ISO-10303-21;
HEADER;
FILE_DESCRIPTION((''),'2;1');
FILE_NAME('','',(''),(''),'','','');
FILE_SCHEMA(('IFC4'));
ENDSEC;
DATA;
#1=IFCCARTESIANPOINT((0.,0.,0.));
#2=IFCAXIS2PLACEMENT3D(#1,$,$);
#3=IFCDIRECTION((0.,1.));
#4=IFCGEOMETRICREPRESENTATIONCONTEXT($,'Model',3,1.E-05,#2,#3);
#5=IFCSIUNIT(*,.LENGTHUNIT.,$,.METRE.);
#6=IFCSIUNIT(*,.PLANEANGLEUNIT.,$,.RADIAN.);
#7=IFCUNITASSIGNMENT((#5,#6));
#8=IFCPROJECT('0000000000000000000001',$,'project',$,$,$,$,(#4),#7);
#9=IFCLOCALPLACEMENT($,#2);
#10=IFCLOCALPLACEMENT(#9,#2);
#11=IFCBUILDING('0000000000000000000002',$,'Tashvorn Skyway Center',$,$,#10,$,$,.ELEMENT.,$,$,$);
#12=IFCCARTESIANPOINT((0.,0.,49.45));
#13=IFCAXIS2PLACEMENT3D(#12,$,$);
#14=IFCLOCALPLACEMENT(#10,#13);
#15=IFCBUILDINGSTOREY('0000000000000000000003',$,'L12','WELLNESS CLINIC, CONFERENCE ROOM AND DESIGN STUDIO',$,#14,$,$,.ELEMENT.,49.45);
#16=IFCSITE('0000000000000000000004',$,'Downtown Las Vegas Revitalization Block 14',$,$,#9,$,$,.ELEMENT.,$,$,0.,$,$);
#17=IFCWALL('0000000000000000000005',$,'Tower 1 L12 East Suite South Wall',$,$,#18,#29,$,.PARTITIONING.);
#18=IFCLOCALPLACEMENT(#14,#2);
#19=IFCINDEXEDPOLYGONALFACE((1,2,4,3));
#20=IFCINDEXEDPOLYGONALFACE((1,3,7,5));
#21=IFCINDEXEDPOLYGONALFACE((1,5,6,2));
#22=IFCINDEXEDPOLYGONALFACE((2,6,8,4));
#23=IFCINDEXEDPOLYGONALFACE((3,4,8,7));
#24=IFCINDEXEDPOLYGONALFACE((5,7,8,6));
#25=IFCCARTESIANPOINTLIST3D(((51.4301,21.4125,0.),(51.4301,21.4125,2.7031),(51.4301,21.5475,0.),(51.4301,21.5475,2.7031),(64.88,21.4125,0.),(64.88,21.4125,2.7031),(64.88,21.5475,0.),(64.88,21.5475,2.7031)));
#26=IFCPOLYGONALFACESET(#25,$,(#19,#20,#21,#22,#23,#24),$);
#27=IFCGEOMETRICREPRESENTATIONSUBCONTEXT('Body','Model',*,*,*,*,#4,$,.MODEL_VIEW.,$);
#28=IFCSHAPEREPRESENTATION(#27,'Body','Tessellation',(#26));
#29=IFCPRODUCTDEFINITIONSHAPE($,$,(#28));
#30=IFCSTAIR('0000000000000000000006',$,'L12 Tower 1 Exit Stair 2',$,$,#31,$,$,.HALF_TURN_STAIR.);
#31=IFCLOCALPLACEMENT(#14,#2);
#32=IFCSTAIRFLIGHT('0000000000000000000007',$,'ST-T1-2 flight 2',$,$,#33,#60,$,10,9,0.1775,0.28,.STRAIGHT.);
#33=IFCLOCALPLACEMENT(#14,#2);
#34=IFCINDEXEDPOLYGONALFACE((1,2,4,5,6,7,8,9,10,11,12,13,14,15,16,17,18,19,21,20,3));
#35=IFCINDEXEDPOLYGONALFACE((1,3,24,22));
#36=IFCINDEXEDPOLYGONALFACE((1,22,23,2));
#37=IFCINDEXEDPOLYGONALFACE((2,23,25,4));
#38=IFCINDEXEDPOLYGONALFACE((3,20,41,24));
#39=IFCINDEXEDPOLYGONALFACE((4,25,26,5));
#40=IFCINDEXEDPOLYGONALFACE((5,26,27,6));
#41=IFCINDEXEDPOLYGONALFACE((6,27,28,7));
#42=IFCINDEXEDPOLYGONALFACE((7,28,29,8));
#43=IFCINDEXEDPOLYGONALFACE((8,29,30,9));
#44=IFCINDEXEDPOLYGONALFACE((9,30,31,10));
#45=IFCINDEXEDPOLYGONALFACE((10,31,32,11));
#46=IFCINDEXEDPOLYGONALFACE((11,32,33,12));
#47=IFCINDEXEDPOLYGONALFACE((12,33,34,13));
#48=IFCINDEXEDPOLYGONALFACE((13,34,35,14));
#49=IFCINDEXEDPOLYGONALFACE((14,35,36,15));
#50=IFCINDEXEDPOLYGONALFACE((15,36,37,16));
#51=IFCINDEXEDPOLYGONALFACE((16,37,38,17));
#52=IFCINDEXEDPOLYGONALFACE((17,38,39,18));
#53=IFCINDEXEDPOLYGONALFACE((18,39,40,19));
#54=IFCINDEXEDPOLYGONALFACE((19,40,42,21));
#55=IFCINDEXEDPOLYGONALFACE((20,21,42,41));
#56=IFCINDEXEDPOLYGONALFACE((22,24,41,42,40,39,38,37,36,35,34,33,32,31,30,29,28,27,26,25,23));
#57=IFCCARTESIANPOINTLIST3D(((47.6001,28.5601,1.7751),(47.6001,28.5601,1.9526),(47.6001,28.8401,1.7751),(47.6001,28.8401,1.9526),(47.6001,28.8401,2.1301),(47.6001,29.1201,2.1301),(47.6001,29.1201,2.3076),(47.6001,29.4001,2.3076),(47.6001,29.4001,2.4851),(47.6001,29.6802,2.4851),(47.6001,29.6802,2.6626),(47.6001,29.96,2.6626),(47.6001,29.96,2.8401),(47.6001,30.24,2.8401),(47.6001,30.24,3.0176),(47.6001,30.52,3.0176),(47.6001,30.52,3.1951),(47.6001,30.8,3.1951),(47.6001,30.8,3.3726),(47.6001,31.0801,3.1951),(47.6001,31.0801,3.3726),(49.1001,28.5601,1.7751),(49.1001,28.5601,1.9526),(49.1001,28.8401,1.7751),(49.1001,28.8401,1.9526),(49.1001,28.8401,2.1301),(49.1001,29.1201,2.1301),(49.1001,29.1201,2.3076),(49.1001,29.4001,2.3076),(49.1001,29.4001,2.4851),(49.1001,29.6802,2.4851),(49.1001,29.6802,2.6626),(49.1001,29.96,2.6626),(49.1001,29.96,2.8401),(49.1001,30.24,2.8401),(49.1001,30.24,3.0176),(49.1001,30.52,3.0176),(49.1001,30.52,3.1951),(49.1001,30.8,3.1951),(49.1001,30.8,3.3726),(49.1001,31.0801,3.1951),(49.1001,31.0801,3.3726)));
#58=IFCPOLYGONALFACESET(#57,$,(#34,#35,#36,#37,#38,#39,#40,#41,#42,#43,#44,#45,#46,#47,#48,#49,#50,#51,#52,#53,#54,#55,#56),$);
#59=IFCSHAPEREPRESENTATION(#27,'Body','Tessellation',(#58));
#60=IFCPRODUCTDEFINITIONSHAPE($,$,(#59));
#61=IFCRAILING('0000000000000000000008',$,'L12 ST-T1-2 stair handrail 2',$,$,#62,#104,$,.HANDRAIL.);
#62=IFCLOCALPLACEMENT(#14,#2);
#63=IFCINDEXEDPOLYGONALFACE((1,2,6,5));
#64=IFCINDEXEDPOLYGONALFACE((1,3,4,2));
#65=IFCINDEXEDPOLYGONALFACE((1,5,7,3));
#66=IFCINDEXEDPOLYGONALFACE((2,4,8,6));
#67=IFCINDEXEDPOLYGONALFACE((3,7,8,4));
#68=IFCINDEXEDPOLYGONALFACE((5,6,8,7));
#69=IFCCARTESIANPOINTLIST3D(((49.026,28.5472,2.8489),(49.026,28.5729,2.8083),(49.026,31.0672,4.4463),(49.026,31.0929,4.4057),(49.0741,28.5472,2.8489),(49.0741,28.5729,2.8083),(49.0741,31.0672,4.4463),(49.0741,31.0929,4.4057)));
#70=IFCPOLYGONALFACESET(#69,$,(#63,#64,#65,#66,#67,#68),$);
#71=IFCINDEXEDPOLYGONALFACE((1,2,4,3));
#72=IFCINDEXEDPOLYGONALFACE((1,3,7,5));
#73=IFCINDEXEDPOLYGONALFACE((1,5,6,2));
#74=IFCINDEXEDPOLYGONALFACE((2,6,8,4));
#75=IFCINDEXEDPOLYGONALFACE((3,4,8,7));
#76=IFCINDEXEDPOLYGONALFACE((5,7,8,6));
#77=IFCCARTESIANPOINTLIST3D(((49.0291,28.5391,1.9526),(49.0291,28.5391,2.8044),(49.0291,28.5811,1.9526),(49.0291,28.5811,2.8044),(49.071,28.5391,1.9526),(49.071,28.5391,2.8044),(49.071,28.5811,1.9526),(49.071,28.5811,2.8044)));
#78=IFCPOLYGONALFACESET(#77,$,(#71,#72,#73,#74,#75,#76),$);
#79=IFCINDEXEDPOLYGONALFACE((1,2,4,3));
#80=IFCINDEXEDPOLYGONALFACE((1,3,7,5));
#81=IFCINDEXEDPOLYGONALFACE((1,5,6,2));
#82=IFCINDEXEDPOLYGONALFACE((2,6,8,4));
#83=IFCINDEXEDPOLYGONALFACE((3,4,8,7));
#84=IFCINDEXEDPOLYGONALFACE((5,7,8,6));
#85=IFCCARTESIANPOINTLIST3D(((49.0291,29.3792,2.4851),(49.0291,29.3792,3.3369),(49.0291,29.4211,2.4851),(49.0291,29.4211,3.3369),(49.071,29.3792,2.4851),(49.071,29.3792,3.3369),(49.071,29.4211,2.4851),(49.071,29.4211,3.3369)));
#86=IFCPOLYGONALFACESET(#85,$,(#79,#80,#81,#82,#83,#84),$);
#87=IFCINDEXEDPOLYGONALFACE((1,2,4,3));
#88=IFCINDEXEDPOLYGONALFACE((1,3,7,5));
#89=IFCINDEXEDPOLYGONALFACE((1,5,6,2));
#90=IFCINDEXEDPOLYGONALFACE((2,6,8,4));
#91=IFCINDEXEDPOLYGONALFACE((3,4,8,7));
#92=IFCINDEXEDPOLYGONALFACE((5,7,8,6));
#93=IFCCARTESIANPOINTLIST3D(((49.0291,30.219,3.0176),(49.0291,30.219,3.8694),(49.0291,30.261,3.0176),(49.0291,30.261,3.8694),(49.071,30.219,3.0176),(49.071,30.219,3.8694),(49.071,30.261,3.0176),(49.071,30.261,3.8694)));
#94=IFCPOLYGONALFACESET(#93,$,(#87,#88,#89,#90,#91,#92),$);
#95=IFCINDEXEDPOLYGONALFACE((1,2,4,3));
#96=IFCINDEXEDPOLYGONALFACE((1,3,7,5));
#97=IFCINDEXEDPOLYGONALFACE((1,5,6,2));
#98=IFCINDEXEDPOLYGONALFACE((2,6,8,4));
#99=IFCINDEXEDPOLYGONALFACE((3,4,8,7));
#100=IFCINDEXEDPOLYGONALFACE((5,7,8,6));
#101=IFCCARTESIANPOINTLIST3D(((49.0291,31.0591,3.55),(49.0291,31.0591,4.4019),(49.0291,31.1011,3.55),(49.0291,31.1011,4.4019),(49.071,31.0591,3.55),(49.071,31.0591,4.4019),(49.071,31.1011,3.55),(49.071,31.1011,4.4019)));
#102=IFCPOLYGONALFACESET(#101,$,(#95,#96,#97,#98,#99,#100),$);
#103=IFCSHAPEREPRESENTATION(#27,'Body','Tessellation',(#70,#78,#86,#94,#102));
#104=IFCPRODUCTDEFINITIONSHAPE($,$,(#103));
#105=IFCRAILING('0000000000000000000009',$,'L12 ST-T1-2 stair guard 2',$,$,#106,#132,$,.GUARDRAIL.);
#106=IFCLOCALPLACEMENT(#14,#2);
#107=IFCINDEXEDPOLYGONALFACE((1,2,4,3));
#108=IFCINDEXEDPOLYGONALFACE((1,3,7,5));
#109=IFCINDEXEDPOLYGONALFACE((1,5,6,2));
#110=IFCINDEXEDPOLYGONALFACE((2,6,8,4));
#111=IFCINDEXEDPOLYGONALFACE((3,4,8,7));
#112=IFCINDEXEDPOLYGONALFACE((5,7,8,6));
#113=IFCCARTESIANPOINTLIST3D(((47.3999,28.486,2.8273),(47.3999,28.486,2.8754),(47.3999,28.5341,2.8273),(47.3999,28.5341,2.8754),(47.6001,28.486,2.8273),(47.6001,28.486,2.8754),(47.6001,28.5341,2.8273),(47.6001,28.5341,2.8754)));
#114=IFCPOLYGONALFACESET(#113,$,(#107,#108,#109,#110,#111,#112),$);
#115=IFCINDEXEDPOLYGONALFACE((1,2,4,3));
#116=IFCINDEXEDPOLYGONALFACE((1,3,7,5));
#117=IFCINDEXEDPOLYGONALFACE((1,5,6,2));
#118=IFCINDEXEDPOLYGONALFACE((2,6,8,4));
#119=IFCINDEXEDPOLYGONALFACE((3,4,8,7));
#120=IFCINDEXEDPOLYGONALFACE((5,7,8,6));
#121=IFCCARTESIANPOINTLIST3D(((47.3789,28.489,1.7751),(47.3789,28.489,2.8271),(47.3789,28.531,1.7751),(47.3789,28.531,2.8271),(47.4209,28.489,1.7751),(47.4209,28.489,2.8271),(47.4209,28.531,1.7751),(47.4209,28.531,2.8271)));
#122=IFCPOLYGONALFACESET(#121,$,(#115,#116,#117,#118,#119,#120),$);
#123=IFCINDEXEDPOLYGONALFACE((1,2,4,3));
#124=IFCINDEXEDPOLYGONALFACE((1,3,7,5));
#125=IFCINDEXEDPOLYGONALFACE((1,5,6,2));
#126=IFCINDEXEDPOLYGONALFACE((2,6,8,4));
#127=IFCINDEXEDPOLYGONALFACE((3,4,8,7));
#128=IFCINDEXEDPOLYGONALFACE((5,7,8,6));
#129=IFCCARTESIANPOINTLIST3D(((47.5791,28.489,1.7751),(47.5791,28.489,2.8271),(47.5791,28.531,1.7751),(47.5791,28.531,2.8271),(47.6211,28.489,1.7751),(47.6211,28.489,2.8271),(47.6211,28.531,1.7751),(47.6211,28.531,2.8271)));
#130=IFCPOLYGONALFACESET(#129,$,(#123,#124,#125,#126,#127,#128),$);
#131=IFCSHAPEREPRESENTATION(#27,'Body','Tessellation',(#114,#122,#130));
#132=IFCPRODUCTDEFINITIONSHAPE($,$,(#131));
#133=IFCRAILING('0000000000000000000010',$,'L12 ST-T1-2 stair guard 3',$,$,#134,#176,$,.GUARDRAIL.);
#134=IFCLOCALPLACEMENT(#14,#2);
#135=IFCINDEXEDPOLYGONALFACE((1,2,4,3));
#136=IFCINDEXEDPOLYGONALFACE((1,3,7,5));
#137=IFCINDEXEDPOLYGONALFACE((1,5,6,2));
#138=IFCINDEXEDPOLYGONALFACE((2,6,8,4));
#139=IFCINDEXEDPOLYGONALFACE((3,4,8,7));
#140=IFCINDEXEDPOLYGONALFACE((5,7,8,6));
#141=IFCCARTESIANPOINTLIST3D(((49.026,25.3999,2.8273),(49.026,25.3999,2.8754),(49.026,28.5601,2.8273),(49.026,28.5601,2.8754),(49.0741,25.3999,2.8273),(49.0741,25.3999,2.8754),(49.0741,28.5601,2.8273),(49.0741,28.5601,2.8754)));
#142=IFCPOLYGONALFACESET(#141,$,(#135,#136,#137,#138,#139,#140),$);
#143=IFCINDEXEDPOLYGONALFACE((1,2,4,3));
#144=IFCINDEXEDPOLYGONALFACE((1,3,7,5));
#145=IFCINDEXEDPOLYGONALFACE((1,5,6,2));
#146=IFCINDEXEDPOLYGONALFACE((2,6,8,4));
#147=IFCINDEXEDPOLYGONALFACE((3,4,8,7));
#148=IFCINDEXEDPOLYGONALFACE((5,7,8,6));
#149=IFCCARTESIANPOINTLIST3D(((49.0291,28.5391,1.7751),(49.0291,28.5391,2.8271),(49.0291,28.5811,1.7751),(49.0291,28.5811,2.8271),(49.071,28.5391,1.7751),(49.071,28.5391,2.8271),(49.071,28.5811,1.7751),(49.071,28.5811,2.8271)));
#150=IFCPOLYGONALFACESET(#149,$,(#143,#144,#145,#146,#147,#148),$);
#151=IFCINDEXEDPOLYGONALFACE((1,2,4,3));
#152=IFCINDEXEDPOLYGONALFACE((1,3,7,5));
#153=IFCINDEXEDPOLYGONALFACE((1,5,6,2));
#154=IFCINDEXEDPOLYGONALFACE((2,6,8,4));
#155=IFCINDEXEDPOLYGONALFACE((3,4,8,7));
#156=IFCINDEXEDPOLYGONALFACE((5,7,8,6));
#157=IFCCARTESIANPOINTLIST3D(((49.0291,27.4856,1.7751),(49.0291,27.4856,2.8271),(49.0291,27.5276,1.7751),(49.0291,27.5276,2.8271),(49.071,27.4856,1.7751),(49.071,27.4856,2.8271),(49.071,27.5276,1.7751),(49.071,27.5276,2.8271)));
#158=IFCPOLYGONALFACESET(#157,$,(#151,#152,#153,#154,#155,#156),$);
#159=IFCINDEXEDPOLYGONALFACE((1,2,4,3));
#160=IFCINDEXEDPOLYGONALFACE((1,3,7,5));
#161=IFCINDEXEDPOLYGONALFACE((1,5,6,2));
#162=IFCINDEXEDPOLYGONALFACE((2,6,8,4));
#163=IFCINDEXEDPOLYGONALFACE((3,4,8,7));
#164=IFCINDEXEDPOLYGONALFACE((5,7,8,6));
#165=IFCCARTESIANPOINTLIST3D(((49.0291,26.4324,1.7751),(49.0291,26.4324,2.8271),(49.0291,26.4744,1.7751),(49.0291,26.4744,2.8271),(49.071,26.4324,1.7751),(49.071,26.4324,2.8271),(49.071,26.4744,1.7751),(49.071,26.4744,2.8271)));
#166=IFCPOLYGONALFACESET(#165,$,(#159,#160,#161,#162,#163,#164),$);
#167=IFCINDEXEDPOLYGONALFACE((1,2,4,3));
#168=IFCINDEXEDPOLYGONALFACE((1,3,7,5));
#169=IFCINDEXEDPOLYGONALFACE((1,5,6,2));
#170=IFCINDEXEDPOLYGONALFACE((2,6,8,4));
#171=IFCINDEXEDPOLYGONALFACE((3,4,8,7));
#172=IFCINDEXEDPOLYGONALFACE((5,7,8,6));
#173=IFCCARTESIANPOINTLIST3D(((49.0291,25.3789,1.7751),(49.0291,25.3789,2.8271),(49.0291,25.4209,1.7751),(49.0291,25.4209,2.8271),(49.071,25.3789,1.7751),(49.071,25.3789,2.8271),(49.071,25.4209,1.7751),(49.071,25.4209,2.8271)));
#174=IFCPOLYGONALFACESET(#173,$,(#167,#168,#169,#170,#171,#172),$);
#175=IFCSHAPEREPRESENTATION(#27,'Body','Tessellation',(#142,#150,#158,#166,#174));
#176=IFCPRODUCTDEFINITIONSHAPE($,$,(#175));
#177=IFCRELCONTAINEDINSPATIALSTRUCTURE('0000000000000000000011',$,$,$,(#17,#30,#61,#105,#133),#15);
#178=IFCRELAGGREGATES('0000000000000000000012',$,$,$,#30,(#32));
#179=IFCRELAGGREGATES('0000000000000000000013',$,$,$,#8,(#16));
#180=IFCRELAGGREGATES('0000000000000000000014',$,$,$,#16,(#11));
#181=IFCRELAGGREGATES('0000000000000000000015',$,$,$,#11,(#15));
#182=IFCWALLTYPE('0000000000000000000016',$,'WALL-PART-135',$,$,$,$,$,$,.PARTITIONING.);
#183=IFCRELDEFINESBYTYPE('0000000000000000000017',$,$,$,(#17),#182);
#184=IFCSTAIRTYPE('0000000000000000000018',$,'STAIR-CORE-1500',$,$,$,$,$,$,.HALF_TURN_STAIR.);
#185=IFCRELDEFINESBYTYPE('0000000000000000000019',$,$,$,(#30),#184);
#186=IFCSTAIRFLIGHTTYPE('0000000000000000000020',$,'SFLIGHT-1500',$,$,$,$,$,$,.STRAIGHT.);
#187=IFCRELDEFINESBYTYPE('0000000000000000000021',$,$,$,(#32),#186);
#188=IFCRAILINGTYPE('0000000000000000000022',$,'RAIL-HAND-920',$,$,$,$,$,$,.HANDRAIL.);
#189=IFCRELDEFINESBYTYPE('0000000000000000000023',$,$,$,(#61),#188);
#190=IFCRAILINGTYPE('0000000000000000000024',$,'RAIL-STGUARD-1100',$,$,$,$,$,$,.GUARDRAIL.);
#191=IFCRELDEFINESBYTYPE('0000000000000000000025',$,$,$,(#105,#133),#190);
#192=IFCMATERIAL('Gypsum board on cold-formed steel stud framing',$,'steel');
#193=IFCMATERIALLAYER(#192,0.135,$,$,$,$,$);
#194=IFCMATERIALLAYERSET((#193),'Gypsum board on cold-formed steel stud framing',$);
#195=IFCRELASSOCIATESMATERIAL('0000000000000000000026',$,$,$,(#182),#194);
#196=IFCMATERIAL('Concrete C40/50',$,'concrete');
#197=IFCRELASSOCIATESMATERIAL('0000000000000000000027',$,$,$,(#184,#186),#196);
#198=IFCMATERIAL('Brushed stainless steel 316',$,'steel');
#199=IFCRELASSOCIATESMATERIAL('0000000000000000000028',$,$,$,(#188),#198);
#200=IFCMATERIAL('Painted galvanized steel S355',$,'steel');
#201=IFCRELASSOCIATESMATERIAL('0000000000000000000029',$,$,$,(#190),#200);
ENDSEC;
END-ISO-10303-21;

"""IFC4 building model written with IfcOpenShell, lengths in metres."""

from ifc_helpers import new_model, si_unit, direction, frame, frame_2d, origin, origin_2d, place, context, subcontext, project, spatial, polyline, rectangle, outline, extrude, material, layer, layer_set, type_object, element, aggregate, save


model = new_model("IFC4")

# Units and contexts
model_context = context("Model", 3, precision=1e-05, world=origin(), true_north=direction((0.0, 1.0)))
body_context = subcontext(model_context, "Body", "Model", "MODEL_VIEW")
ifc_project = project(units=[si_unit("LENGTHUNIT", "METRE"), si_unit("PLANEANGLEUNIT", "RADIAN")], contexts=[model_context])

# Site, building, storey
site_placement = place(None, origin())
site = spatial("IfcSite", under=ifc_project, at=site_placement, Name="Downtown Las Vegas Revitalization Block 14", CompositionType="ELEMENT", RefElevation=0.0)
building_placement = place(site_placement, origin())
building = spatial("IfcBuilding", under=site, at=building_placement, Name="Tashvorn Skyway Center", CompositionType="ELEMENT")
storey_placement = place(building_placement, frame((0.0, 0.0, 49.45)))
storey = spatial("IfcBuildingStorey", under=building, at=storey_placement, Name="L12", Description="WELLNESS CLINIC, CONFERENCE ROOM AND DESIGN STUDIO", CompositionType="ELEMENT", Elevation=49.45)

# Wall
ifc_material_1 = material(Name="Gypsum board on cold-formed steel stud framing", Category="steel")
ifc_layer_1 = layer(ifc_material_1, 0.135)
ifc_layer_set_1 = layer_set([ifc_layer_1], Name="Gypsum board on cold-formed steel stud framing")
wall_type_1 = type_object("IfcWallType", Name="WALL-PART-135", PredefinedType="PARTITIONING", material=ifc_layer_set_1)
wall_1_placement = place(storey_placement, frame((51.4299, 21.48, 0.0), z_axis=(0.0, 0.0, 1.0), x_axis=(1.0, 0.0, 0.0)))
element("IfcWall", 1, at=wall_1_placement, inside=storey, type_object=wall_type_1, Name="Tower 1 L12 East Suite South Wall", PredefinedType="PARTITIONING", context=body_context, shape_type="SweptSolid", body=[
    extrude(rectangle(XDim=13.45, YDim=0.135, at=frame_2d((6.7251, 0.0))), origin(), (0.0, 0.0, 1.0), 2.7031),
])

# Stair, stair flight
ifc_material_2 = material(Name="Concrete C40/50", Category="concrete")
stair_type = type_object("IfcStairType", Name="STAIR-CORE-1500", PredefinedType="HALF_TURN_STAIR", material=ifc_material_2)
stair_placement = place(storey_placement, origin())
stair = element("IfcStair", 2, at=stair_placement, inside=storey, type_object=stair_type, Name="L12 Tower 1 Exit Stair 2", PredefinedType="HALF_TURN_STAIR")
stair_flight_type = type_object("IfcStairFlightType", Name="SFLIGHT-1500", PredefinedType="STRAIGHT", material=ifc_material_2)
stair_flight_placement = place(storey_placement, frame((48.3501, 28.5601, 1.7751), z_axis=(0.0, 0.0, 1.0), x_axis=(0.0, 1.0, 0.0)))
stair_flight = element("IfcStairFlight", 3, at=stair_flight_placement, type_object=stair_flight_type, Name="ST-T1-2 flight 2", NumberOfRisers=10, NumberOfTreads=9, PredefinedType="STRAIGHT", RiserHeight=0.1775, TreadLength=0.28, context=body_context, shape_type="SweptSolid", body=[
    extrude(outline(polyline([(0.0, 0.0), (0.0, 0.1775), (0.28, 0.1775), (0.28, 0.355), (0.5601, 0.355), (0.5601, 0.5325), (0.8401, 0.5325), (0.8401, 0.71), (1.1201, 0.71), (1.1201, 0.8875), (1.3999, 0.8875), (1.3999, 1.0649), (1.6799, 1.0649), (1.6799, 1.2424), (1.96, 1.2424), (1.96, 1.4199), (2.24, 1.4199), (2.24, 1.5974), (2.52, 1.5974), (2.52, 1.7749), (2.52, 1.4199), (0.28, 0.0), (0.0, 0.0)])), frame((0.0, 0.75, 0.0), z_axis=(0.0, -1.0, 0.0), x_axis=(1.0, 0.0, 0.0)), (0.0, 0.0, 1.0), 1.5),
])
aggregate(stair, [stair_flight])

# Railings
ifc_material_3 = material(Name="Brushed stainless steel 316", Category="steel")
railing_type_1 = type_object("IfcRailingType", Name="RAIL-HAND-920", PredefinedType="HANDRAIL", material=ifc_material_3)
railing_1_placement = place(storey_placement, frame((49.05, 28.5601, 1.9526)))
element("IfcRailing", 4, at=railing_1_placement, inside=storey, type_object=railing_type_1, Name="L12 ST-T1-2 stair handrail 2", PredefinedType="HANDRAIL", context=body_context, shape_type="SweptSolid", body=[
    extrude(rectangle(XDim=0.0481, YDim=0.0481, at=origin_2d()), frame((0.0, 0.0, 0.876), z_axis=(0.0, 0.844607, 0.535387), x_axis=(-1.0, 0.0, 0.0)), (0.0, 0.0, 1.0), 2.9836),
    extrude(rectangle(XDim=0.042, YDim=0.042, at=origin_2d()), origin(), (0.0, 0.0, 1.0), 0.8518),
    extrude(rectangle(XDim=0.042, YDim=0.042, at=origin_2d()), frame((0.0, 0.8401, 0.5325)), (0.0, 0.0, 1.0), 0.8518),
    extrude(rectangle(XDim=0.042, YDim=0.042, at=origin_2d()), frame((0.0, 1.6799, 1.0649)), (0.0, 0.0, 1.0), 0.8518),
    extrude(rectangle(XDim=0.042, YDim=0.042, at=origin_2d()), frame((0.0, 2.52, 1.5974)), (0.0, 0.0, 1.0), 0.8518),
])
ifc_material_4 = material(Name="Painted galvanized steel S355", Category="steel")
railing_type_2 = type_object("IfcRailingType", Name="RAIL-STGUARD-1100", PredefinedType="GUARDRAIL", material=ifc_material_4)
railing_2_placement = place(storey_placement, frame((47.3999, 28.51, 1.7751)))
element("IfcRailing", 5, at=railing_2_placement, inside=storey, type_object=railing_type_2, Name="L12 ST-T1-2 stair guard 2", PredefinedType="GUARDRAIL", context=body_context, shape_type="SweptSolid", body=[
    extrude(rectangle(XDim=0.0481, YDim=0.0481, at=origin_2d()), frame((0.0, 0.0, 1.0762), z_axis=(1.0, 0.0, 0.0), x_axis=(0.0, 1.0, 0.0)), (0.0, 0.0, 1.0), 0.2002),
    extrude(rectangle(XDim=0.042, YDim=0.042, at=origin_2d()), origin(), (0.0, 0.0, 1.0), 1.052),
    extrude(rectangle(XDim=0.042, YDim=0.042, at=origin_2d()), frame((0.2002, 0.0, 0.0)), (0.0, 0.0, 1.0), 1.052),
])
railing_3_placement = place(storey_placement, frame((49.05, 28.5601, 1.7751)))
element("IfcRailing", 6, at=railing_3_placement, inside=storey, type_object=railing_type_2, Name="L12 ST-T1-2 stair guard 3", PredefinedType="GUARDRAIL", context=body_context, shape_type="SweptSolid", body=[
    extrude(rectangle(XDim=0.0481, YDim=0.0481, at=origin_2d()), frame((0.0, 0.0, 1.0762), z_axis=(0.0, -1.0, 0.0), x_axis=(1.0, 0.0, 0.0)), (0.0, 0.0, 1.0), 3.1602),
    extrude(rectangle(XDim=0.042, YDim=0.042, at=origin_2d()), origin(), (0.0, 0.0, 1.0), 1.052),
    extrude(rectangle(XDim=0.042, YDim=0.042, at=origin_2d()), frame((0.0, -1.0535, 0.0)), (0.0, 0.0, 1.0), 1.052),
    extrude(rectangle(XDim=0.042, YDim=0.042, at=origin_2d()), frame((0.0, -2.1067, 0.0)), (0.0, 0.0, 1.0), 1.052),
    extrude(rectangle(XDim=0.042, YDim=0.042, at=origin_2d()), frame((0.0, -3.1602, 0.0)), (0.0, 0.0, 1.0), 1.052),
])

save(model, "model.ifc")
